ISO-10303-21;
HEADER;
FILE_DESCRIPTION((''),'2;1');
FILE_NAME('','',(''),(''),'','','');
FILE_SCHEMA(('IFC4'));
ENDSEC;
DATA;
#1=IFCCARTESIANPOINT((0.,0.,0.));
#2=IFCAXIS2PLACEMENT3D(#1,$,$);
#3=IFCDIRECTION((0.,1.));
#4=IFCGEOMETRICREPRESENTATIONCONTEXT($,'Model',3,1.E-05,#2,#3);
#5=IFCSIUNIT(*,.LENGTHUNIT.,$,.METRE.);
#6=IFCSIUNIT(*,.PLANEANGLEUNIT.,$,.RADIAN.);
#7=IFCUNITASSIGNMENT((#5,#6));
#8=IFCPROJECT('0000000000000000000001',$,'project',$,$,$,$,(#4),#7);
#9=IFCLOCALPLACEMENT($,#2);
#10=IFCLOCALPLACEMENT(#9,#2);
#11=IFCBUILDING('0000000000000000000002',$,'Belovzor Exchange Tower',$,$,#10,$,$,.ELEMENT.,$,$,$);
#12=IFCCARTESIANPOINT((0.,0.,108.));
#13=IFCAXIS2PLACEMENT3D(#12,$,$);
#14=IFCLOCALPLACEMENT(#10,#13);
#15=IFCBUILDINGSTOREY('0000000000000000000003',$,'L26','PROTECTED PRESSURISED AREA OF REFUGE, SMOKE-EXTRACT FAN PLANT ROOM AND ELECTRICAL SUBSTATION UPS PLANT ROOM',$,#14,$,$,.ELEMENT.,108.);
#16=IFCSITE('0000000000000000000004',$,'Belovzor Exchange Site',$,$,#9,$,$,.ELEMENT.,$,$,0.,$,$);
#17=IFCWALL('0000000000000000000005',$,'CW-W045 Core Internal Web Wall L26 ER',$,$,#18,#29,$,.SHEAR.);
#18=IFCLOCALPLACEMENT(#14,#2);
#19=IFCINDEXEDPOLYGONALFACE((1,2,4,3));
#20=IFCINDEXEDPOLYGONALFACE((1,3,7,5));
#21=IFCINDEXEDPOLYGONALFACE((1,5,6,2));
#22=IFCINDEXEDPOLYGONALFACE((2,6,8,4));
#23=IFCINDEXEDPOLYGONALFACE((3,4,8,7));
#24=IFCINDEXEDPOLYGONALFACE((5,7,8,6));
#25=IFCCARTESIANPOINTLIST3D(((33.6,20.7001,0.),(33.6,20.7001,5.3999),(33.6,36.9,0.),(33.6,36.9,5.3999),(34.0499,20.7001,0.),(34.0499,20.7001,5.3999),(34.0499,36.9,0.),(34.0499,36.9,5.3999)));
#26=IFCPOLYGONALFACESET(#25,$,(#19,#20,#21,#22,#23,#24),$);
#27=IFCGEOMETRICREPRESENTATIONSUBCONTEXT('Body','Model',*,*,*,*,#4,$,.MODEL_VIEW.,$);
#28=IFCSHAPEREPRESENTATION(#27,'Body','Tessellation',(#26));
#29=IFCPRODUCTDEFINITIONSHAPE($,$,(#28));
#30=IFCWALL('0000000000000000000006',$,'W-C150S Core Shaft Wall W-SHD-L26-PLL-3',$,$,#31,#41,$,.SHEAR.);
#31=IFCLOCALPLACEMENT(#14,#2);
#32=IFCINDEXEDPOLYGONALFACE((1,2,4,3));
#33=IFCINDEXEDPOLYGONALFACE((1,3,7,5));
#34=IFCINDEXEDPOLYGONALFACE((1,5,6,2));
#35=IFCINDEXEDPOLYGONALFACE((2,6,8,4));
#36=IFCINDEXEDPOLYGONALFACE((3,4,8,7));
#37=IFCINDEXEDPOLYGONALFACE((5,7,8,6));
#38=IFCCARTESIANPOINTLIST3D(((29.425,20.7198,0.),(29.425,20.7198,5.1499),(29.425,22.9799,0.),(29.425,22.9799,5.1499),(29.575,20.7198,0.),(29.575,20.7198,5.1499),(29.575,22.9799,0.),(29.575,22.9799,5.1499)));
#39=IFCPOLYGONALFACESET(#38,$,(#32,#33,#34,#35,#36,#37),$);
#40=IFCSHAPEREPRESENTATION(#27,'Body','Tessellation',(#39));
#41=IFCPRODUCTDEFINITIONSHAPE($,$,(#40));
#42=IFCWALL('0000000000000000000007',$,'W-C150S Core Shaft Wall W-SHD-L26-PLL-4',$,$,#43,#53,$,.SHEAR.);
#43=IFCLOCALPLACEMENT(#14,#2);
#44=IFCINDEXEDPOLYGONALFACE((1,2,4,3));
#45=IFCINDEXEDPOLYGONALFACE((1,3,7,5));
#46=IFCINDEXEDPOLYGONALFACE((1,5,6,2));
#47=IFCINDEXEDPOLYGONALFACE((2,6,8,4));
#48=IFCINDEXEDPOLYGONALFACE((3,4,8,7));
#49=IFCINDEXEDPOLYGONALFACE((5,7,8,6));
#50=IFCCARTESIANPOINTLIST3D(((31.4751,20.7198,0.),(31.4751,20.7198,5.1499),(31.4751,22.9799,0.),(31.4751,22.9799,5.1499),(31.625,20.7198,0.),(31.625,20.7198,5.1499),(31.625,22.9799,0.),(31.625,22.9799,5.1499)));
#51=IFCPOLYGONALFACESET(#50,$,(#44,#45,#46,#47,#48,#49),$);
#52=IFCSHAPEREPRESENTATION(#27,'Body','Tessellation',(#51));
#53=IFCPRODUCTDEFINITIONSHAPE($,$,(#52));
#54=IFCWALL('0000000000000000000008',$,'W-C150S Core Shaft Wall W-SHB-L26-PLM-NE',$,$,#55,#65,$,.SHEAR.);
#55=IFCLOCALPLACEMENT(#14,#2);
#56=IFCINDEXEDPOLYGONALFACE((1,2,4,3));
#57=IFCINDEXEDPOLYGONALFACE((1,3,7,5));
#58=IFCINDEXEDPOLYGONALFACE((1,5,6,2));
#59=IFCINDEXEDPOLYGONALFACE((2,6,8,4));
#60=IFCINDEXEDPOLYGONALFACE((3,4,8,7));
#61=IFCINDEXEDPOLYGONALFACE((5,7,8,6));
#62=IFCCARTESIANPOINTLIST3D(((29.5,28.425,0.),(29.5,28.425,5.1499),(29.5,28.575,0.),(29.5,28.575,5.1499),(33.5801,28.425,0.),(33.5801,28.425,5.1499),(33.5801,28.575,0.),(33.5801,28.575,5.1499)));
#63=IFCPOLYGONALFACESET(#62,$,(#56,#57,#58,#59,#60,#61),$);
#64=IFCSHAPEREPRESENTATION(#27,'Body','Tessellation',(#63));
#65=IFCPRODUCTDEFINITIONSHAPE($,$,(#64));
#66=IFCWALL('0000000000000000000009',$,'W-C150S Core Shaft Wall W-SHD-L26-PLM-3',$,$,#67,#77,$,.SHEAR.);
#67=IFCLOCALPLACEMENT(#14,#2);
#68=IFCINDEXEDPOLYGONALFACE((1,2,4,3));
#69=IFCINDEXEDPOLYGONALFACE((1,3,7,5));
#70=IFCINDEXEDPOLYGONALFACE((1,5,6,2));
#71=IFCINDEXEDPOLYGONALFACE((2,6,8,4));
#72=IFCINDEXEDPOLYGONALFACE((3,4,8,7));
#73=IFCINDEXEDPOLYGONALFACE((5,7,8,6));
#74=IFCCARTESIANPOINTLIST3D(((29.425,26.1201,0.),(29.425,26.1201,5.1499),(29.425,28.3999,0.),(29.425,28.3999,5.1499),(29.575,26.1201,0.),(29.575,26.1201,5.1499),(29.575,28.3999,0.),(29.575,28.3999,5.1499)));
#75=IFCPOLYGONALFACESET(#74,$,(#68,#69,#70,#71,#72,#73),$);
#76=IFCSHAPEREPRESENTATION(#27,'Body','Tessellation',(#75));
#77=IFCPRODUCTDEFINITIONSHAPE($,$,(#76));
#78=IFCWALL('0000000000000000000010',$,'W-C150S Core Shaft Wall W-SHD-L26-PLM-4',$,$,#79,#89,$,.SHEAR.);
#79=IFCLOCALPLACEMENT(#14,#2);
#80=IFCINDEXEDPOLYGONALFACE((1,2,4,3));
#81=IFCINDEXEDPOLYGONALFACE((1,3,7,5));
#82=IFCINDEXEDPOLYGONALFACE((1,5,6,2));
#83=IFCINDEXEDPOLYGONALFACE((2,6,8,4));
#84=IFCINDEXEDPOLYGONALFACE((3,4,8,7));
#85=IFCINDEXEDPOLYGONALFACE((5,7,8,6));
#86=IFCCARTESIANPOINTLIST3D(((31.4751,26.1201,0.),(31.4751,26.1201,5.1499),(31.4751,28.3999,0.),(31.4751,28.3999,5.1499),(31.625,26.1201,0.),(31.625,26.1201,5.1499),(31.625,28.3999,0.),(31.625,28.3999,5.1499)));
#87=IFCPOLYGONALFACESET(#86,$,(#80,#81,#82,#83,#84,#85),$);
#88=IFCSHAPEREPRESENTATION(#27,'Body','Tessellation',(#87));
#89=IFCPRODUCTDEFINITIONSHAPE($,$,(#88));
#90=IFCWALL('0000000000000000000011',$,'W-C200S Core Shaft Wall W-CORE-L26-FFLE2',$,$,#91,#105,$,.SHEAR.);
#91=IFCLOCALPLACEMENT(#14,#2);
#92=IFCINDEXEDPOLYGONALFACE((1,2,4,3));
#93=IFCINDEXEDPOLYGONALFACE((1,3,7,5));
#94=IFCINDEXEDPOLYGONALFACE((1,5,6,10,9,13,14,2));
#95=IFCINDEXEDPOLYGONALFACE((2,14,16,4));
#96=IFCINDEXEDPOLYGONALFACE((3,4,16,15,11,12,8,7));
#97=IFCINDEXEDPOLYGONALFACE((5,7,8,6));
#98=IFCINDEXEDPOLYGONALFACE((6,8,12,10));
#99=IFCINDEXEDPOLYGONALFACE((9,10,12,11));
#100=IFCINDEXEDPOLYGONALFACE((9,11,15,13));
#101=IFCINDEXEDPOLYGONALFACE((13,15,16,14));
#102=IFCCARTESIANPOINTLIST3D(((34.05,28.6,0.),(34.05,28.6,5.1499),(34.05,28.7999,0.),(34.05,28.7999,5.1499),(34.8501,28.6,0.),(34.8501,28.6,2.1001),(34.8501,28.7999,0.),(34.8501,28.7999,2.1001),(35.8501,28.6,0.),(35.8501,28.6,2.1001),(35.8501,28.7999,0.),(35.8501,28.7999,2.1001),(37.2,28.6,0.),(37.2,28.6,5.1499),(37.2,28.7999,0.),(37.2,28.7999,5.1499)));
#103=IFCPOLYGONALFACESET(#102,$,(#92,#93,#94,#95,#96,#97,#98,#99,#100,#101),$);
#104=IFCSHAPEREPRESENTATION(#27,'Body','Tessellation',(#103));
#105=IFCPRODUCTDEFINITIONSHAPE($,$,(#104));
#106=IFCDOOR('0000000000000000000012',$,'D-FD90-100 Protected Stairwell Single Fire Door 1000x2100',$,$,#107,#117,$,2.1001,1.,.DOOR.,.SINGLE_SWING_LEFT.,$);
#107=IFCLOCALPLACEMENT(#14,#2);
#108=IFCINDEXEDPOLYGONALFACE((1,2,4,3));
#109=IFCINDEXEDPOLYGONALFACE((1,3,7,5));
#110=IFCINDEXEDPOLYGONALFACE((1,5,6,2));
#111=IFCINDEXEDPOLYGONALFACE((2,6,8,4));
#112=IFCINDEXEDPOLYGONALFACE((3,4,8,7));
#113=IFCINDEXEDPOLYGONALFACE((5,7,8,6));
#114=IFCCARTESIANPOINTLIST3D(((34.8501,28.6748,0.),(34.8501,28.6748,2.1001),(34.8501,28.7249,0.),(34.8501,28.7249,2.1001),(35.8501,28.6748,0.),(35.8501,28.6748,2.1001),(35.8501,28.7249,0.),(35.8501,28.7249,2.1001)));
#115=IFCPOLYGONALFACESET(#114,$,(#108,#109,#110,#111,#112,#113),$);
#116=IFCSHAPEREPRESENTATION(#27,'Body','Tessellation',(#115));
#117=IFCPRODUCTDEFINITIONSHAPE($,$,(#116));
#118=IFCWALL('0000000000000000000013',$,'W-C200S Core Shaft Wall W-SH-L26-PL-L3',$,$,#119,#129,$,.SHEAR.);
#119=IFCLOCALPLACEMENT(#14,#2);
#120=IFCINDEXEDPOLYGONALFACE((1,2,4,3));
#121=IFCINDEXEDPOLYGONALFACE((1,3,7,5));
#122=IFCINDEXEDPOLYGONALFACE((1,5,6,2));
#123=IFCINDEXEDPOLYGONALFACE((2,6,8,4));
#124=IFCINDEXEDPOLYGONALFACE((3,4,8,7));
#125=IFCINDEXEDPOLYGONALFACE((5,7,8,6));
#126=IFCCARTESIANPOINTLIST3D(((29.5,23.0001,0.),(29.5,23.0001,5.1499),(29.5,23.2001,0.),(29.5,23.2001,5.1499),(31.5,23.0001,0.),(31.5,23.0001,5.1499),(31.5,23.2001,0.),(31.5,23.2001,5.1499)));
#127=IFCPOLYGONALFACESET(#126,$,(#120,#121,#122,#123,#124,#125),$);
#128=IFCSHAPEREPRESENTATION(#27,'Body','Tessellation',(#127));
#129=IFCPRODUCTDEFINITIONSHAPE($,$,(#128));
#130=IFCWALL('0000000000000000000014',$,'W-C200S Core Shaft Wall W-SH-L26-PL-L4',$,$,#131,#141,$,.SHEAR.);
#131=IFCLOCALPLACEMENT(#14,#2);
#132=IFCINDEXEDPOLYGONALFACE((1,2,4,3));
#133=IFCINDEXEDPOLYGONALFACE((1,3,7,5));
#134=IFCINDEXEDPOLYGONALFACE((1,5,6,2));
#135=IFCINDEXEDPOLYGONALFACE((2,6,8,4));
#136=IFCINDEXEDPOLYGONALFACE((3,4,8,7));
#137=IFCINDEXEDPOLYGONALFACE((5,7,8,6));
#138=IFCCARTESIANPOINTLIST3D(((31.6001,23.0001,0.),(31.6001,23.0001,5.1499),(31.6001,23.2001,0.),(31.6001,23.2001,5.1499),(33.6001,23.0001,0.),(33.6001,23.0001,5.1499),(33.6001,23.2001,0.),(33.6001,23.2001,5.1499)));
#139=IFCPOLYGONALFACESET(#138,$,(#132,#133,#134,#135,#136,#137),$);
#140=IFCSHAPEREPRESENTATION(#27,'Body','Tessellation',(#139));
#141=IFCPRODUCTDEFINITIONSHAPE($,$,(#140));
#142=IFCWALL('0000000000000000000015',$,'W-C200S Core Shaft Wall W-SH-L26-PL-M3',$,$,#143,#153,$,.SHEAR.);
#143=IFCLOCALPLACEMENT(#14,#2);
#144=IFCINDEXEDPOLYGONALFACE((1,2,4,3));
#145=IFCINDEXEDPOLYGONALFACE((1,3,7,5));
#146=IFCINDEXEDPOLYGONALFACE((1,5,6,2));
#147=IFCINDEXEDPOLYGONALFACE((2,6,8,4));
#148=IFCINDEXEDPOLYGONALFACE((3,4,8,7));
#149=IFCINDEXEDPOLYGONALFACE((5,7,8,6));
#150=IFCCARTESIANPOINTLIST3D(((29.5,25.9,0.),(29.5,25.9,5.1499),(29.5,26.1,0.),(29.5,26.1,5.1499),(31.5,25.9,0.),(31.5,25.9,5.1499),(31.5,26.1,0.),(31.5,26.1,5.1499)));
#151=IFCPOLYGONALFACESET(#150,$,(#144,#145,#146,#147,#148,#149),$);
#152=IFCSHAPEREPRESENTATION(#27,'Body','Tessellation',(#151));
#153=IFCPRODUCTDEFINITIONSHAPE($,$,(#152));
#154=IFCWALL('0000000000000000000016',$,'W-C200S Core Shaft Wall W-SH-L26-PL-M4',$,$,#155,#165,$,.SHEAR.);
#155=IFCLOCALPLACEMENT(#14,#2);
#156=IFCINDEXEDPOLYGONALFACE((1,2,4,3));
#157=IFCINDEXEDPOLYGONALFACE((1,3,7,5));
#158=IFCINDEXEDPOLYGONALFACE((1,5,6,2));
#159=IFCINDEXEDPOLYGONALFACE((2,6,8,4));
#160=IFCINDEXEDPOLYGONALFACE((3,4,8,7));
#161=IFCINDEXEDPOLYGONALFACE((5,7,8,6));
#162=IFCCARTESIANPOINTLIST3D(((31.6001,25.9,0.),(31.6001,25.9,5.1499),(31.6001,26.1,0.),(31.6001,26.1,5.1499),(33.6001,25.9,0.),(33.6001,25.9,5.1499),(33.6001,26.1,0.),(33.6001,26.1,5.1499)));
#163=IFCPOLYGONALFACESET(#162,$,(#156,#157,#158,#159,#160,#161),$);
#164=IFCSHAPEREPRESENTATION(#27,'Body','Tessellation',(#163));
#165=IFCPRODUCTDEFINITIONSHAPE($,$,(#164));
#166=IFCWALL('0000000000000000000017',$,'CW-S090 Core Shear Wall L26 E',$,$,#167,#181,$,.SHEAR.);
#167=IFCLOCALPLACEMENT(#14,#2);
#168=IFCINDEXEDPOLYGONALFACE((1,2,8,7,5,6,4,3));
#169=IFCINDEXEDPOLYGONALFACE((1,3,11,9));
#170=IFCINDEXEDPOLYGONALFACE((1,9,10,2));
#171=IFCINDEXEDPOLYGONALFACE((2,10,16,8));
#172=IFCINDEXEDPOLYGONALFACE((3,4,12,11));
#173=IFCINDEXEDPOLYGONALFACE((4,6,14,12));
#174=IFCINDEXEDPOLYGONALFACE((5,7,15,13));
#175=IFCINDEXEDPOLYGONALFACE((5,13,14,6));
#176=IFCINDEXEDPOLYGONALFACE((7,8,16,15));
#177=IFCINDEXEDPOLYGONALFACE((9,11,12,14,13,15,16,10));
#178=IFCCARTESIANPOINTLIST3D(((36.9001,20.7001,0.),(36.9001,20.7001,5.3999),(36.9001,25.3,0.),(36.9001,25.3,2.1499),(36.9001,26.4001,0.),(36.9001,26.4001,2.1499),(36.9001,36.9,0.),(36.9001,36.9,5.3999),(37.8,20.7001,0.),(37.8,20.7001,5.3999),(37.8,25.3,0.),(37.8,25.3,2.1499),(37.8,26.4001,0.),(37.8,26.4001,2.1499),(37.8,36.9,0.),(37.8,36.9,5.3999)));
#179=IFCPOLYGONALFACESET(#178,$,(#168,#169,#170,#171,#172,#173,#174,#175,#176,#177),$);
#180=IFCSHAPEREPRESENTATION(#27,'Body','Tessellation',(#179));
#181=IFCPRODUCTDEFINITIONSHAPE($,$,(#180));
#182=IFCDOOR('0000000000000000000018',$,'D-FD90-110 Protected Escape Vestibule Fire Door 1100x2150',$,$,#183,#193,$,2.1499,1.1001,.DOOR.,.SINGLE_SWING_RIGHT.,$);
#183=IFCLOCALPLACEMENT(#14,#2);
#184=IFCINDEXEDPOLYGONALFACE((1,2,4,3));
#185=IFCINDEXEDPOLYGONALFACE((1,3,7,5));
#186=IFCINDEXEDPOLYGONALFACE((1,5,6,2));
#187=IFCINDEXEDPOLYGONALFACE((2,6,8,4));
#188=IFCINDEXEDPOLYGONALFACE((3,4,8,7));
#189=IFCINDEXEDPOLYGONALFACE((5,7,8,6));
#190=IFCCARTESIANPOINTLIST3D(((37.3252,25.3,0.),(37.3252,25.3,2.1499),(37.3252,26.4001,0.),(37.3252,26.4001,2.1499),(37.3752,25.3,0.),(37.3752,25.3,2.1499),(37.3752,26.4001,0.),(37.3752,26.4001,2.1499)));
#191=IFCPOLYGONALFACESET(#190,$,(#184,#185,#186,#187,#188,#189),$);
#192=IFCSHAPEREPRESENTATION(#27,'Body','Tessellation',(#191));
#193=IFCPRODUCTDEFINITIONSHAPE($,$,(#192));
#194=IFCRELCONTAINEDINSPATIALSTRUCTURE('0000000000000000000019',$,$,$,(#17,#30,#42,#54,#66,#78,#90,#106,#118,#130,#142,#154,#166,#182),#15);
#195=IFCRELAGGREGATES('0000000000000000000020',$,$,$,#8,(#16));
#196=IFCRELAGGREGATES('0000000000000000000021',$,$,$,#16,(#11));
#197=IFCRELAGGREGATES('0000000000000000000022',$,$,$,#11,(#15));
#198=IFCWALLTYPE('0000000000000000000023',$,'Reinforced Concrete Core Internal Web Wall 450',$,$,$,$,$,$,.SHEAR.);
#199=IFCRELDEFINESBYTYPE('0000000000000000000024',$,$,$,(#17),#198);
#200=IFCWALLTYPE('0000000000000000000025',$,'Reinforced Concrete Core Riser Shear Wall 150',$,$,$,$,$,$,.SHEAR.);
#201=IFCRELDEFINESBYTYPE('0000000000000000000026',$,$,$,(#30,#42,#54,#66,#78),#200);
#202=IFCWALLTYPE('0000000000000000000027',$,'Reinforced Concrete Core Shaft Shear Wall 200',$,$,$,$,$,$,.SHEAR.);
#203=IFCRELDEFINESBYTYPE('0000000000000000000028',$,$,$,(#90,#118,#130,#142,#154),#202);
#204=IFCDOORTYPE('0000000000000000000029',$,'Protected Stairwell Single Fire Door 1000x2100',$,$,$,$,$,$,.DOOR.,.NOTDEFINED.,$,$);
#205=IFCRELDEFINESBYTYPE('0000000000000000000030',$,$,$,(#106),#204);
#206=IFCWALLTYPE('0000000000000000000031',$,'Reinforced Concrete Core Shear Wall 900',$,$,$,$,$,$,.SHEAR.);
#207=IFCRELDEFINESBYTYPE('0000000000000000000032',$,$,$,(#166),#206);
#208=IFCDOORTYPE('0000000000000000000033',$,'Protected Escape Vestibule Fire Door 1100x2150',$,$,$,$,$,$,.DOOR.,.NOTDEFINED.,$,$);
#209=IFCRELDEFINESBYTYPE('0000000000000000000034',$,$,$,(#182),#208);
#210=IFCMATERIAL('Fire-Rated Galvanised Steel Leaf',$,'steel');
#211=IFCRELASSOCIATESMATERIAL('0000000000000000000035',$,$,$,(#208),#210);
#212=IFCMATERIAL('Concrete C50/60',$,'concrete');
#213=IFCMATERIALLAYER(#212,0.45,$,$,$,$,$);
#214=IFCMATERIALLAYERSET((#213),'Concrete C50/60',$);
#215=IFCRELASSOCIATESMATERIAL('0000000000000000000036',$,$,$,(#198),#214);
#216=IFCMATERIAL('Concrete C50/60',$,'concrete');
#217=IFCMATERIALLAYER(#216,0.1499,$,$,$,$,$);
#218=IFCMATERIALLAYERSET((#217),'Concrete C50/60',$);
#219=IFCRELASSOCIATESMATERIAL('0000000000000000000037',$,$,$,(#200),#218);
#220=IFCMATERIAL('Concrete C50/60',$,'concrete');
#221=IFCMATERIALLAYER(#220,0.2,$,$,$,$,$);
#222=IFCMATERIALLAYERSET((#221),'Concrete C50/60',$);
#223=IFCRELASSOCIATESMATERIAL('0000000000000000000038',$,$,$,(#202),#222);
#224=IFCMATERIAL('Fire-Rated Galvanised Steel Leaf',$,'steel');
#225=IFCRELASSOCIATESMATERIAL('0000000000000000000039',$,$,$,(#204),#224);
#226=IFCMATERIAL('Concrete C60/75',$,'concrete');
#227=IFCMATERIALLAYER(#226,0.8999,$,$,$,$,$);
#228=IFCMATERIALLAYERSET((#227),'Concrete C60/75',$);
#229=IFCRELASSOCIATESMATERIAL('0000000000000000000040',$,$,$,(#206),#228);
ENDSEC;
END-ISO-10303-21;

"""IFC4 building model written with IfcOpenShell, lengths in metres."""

from ifc_helpers import new_model, si_unit, direction, frame, frame_2d, origin, place, context, subcontext, project, spatial, rectangle, extrude, material, layer, layer_set, type_object, element, fill, save


model = new_model("IFC4")

# Units and contexts
model_context = context("Model", 3, precision=1e-05, world=origin(), true_north=direction((0.0, 1.0)))
body_context = subcontext(model_context, "Body", "Model", "MODEL_VIEW")
ifc_project = project(units=[si_unit("LENGTHUNIT", "METRE"), si_unit("PLANEANGLEUNIT", "RADIAN")], contexts=[model_context])

# Site, building, storey
site_placement = place(None, origin())
site = spatial("IfcSite", under=ifc_project, at=site_placement, Name="Belovzor Exchange Site", CompositionType="ELEMENT", RefElevation=0.0)
building_placement = place(site_placement, origin())
building = spatial("IfcBuilding", under=site, at=building_placement, Name="Belovzor Exchange Tower", CompositionType="ELEMENT")
storey_placement = place(building_placement, frame((0.0, 0.0, 108.0)))
storey = spatial("IfcBuildingStorey", under=building, at=storey_placement, Name="L26", Description="PROTECTED PRESSURISED AREA OF REFUGE, SMOKE-EXTRACT FAN PLANT ROOM AND ELECTRICAL SUBSTATION UPS PLANT ROOM", CompositionType="ELEMENT", Elevation=108.0)

# Shared definitions
ifc_material_1 = material(Name="Fire-Rated Galvanised Steel Leaf", Category="steel")
door_type_1 = type_object("IfcDoorType", Name="Protected Escape Vestibule Fire Door 1100x2150", OperationType="NOTDEFINED", PredefinedType="DOOR", material=ifc_material_1)

# Walls
ifc_material_2 = material(Name="Concrete C50/60", Category="concrete")
ifc_layer_1 = layer(ifc_material_2, 0.45)
ifc_layer_set_1 = layer_set([ifc_layer_1], Name="Concrete C50/60")
wall_type_1 = type_object("IfcWallType", Name="Reinforced Concrete Core Internal Web Wall 450", PredefinedType="SHEAR", material=ifc_layer_set_1)
wall_1_placement = place(storey_placement, frame((33.825, 20.7, 0.0), z_axis=(0.0, 0.0, 1.0), x_axis=(0.0, 1.0, 0.0)))
element("IfcWall", 1, at=wall_1_placement, inside=storey, type_object=wall_type_1, Name="CW-W045 Core Internal Web Wall L26 ER", PredefinedType="SHEAR", context=body_context, shape_type="SweptSolid", body=[
    extrude(rectangle(XDim=16.2, YDim=0.45, at=frame_2d((8.1001, 0.0))), origin(), (0.0, 0.0, 1.0), 5.3999),
])
ifc_material_3 = material(Name="Concrete C50/60", Category="concrete")
ifc_layer_2 = layer(ifc_material_3, 0.1499)
ifc_layer_set_2 = layer_set([ifc_layer_2], Name="Concrete C50/60")
wall_type_2 = type_object("IfcWallType", Name="Reinforced Concrete Core Riser Shear Wall 150", PredefinedType="SHEAR", material=ifc_layer_set_2)
for number, where, z_axis, x_axis, name in (
    (2, (29.5, 20.72, 0.0), (0.0, 0.0, 1.0), (0.0, 1.0, 0.0), "W-C150S Core Shaft Wall W-SHD-L26-PLL-3"),
    (3, (31.55, 20.72, 0.0), (0.0, 0.0, 1.0), (0.0, 1.0, 0.0), "W-C150S Core Shaft Wall W-SHD-L26-PLL-4"),
):
    element("IfcWall", number, at=place(storey_placement, frame(where, z_axis=z_axis, x_axis=x_axis)), inside=storey, type_object=wall_type_2, Name=name, PredefinedType="SHEAR", context=body_context, shape_type="SweptSolid", body=[
        extrude(rectangle(XDim=2.26, YDim=0.1499, at=frame_2d((1.1299, 0.0))), origin(), (0.0, 0.0, 1.0), 5.1499),
    ])
wall_2_placement = place(storey_placement, frame((29.5, 28.5, 0.0), z_axis=(0.0, 0.0, 1.0), x_axis=(1.0, 0.0, 0.0)))
element("IfcWall", 4, at=wall_2_placement, inside=storey, type_object=wall_type_2, Name="W-C150S Core Shaft Wall W-SHB-L26-PLM-NE", PredefinedType="SHEAR", context=body_context, shape_type="SweptSolid", body=[
    extrude(rectangle(XDim=4.0801, YDim=0.1499, at=frame_2d((2.04, 0.0))), origin(), (0.0, 0.0, 1.0), 5.1499),
])
for number, where, z_axis, x_axis, name in (
    (5, (29.5, 26.1201, 0.0), (0.0, 0.0, 1.0), (0.0, 1.0, 0.0), "W-C150S Core Shaft Wall W-SHD-L26-PLM-3"),
    (6, (31.55, 26.1201, 0.0), (0.0, 0.0, 1.0), (0.0, 1.0, 0.0), "W-C150S Core Shaft Wall W-SHD-L26-PLM-4"),
):
    element("IfcWall", number, at=place(storey_placement, frame(where, z_axis=z_axis, x_axis=x_axis)), inside=storey, type_object=wall_type_2, Name=name, PredefinedType="SHEAR", context=body_context, shape_type="SweptSolid", body=[
        extrude(rectangle(XDim=2.2798, YDim=0.1499, at=frame_2d((1.1399, 0.0))), origin(), (0.0, 0.0, 1.0), 5.1499),
    ])

# Wall, opening, door
ifc_material_4 = material(Name="Concrete C50/60", Category="concrete")
ifc_layer_3 = layer(ifc_material_4, 0.2)
ifc_layer_set_3 = layer_set([ifc_layer_3], Name="Concrete C50/60")
wall_type_3 = type_object("IfcWallType", Name="Reinforced Concrete Core Shaft Shear Wall 200", PredefinedType="SHEAR", material=ifc_layer_set_3)
wall_3_placement = place(storey_placement, frame((34.05, 28.7, 0.0), z_axis=(0.0, 0.0, 1.0), x_axis=(1.0, 0.0, 0.0)))
wall_3 = element("IfcWall", 7, at=wall_3_placement, inside=storey, type_object=wall_type_3, Name="W-C200S Core Shaft Wall W-CORE-L26-FFLE2", PredefinedType="SHEAR", context=body_context, shape_type="SweptSolid", body=[
    extrude(rectangle(XDim=3.1499, YDim=0.2, at=frame_2d((1.575, 0.0))), origin(), (0.0, 0.0, 1.0), 5.1499),
])
opening_1_placement = place(wall_3_placement, frame((0.8, 0.0, 0.0)))
opening_1 = element("IfcOpeningElement", 8, at=opening_1_placement, cuts=wall_3, PredefinedType="OPENING", context=body_context, shape_type="SweptSolid", body=[
    extrude(rectangle(XDim=1.0, YDim=2.1001, at=frame_2d((0.5, 1.05))), frame((0.0, 0.1099, 0.0), z_axis=(0.0, -1.0, 0.0), x_axis=(1.0, 0.0, 0.0)), (0.0, 0.0, 1.0), 0.22),
])
ifc_material_5 = material(Name="Fire-Rated Galvanised Steel Leaf", Category="steel")
door_type_2 = type_object("IfcDoorType", Name="Protected Stairwell Single Fire Door 1000x2100", OperationType="NOTDEFINED", PredefinedType="DOOR", material=ifc_material_5)
door_1_placement = place(opening_1_placement, origin())
door_1 = element("IfcDoor", 9, at=door_1_placement, inside=storey, type_object=door_type_2, Name="D-FD90-100 Protected Stairwell Single Fire Door 1000x2100", OperationType="SINGLE_SWING_LEFT", OverallHeight=2.1001, OverallWidth=1.0, PredefinedType="DOOR", context=body_context, shape_type="SweptSolid", body=[
    extrude(rectangle(XDim=1.0, YDim=2.1001, at=frame_2d((0.5, 1.05))), frame((0.0, 0.0249, 0.0), z_axis=(0.0, -1.0, 0.0), x_axis=(1.0, 0.0, 0.0)), (0.0, 0.0, 1.0), 0.05),
])
fill(opening_1, door_1)

# Walls
for number, where, z_axis, x_axis, name in (
    (10, (29.5, 23.1001, 0.0), (0.0, 0.0, 1.0), (1.0, 0.0, 0.0), "W-C200S Core Shaft Wall W-SH-L26-PL-L3"),
    (11, (31.6001, 23.1001, 0.0), (0.0, 0.0, 1.0), (1.0, 0.0, 0.0), "W-C200S Core Shaft Wall W-SH-L26-PL-L4"),
    (12, (29.5, 26.0, 0.0), (0.0, 0.0, 1.0), (1.0, 0.0, 0.0), "W-C200S Core Shaft Wall W-SH-L26-PL-M3"),
    (13, (31.6001, 26.0, 0.0), (0.0, 0.0, 1.0), (1.0, 0.0, 0.0), "W-C200S Core Shaft Wall W-SH-L26-PL-M4"),
):
    element("IfcWall", number, at=place(storey_placement, frame(where, z_axis=z_axis, x_axis=x_axis)), inside=storey, type_object=wall_type_3, Name=name, PredefinedType="SHEAR", context=body_context, shape_type="SweptSolid", body=[
        extrude(rectangle(XDim=2.0, YDim=0.2, at=frame_2d((1.0, 0.0))), origin(), (0.0, 0.0, 1.0), 5.1499),
    ])

# Wall, opening, door
ifc_material_6 = material(Name="Concrete C60/75", Category="concrete")
ifc_layer_4 = layer(ifc_material_6, 0.8999)
ifc_layer_set_4 = layer_set([ifc_layer_4], Name="Concrete C60/75")
wall_type_4 = type_object("IfcWallType", Name="Reinforced Concrete Core Shear Wall 900", PredefinedType="SHEAR", material=ifc_layer_set_4)
wall_4_placement = place(storey_placement, frame((37.3501, 20.7, 0.0), z_axis=(0.0, 0.0, 1.0), x_axis=(0.0, 1.0, 0.0)))
wall_4 = element("IfcWall", 14, at=wall_4_placement, inside=storey, type_object=wall_type_4, Name="CW-S090 Core Shear Wall L26 E", PredefinedType="SHEAR", context=body_context, shape_type="SweptSolid", body=[
    extrude(rectangle(XDim=16.2, YDim=0.8999, at=frame_2d((8.1001, 0.0))), origin(), (0.0, 0.0, 1.0), 5.3999),
])
opening_2_placement = place(wall_4_placement, frame((4.6001, 0.0, 0.0)))
opening_2 = element("IfcOpeningElement", 15, at=opening_2_placement, cuts=wall_4, PredefinedType="OPENING", context=body_context, shape_type="SweptSolid", body=[
    extrude(rectangle(XDim=1.1001, YDim=2.1499, at=frame_2d((0.55, 1.075))), frame((0.0, 0.46, 0.0), z_axis=(0.0, -1.0, 0.0), x_axis=(1.0, 0.0, 0.0)), (0.0, 0.0, 1.0), 0.9199),
])
door_2_placement = place(opening_2_placement, origin())
door_2 = element("IfcDoor", 16, at=door_2_placement, inside=storey, type_object=door_type_1, Name="D-FD90-110 Protected Escape Vestibule Fire Door 1100x2150", OperationType="SINGLE_SWING_RIGHT", OverallHeight=2.1499, OverallWidth=1.1001, PredefinedType="DOOR", context=body_context, shape_type="SweptSolid", body=[
    extrude(rectangle(XDim=1.1001, YDim=2.1499, at=frame_2d((0.55, 1.075))), frame((0.0, 0.0249, 0.0), z_axis=(0.0, -1.0, 0.0), x_axis=(1.0, 0.0, 0.0)), (0.0, 0.0, 1.0), 0.05),
])
fill(opening_2, door_2)

save(model, "model.ifc")
